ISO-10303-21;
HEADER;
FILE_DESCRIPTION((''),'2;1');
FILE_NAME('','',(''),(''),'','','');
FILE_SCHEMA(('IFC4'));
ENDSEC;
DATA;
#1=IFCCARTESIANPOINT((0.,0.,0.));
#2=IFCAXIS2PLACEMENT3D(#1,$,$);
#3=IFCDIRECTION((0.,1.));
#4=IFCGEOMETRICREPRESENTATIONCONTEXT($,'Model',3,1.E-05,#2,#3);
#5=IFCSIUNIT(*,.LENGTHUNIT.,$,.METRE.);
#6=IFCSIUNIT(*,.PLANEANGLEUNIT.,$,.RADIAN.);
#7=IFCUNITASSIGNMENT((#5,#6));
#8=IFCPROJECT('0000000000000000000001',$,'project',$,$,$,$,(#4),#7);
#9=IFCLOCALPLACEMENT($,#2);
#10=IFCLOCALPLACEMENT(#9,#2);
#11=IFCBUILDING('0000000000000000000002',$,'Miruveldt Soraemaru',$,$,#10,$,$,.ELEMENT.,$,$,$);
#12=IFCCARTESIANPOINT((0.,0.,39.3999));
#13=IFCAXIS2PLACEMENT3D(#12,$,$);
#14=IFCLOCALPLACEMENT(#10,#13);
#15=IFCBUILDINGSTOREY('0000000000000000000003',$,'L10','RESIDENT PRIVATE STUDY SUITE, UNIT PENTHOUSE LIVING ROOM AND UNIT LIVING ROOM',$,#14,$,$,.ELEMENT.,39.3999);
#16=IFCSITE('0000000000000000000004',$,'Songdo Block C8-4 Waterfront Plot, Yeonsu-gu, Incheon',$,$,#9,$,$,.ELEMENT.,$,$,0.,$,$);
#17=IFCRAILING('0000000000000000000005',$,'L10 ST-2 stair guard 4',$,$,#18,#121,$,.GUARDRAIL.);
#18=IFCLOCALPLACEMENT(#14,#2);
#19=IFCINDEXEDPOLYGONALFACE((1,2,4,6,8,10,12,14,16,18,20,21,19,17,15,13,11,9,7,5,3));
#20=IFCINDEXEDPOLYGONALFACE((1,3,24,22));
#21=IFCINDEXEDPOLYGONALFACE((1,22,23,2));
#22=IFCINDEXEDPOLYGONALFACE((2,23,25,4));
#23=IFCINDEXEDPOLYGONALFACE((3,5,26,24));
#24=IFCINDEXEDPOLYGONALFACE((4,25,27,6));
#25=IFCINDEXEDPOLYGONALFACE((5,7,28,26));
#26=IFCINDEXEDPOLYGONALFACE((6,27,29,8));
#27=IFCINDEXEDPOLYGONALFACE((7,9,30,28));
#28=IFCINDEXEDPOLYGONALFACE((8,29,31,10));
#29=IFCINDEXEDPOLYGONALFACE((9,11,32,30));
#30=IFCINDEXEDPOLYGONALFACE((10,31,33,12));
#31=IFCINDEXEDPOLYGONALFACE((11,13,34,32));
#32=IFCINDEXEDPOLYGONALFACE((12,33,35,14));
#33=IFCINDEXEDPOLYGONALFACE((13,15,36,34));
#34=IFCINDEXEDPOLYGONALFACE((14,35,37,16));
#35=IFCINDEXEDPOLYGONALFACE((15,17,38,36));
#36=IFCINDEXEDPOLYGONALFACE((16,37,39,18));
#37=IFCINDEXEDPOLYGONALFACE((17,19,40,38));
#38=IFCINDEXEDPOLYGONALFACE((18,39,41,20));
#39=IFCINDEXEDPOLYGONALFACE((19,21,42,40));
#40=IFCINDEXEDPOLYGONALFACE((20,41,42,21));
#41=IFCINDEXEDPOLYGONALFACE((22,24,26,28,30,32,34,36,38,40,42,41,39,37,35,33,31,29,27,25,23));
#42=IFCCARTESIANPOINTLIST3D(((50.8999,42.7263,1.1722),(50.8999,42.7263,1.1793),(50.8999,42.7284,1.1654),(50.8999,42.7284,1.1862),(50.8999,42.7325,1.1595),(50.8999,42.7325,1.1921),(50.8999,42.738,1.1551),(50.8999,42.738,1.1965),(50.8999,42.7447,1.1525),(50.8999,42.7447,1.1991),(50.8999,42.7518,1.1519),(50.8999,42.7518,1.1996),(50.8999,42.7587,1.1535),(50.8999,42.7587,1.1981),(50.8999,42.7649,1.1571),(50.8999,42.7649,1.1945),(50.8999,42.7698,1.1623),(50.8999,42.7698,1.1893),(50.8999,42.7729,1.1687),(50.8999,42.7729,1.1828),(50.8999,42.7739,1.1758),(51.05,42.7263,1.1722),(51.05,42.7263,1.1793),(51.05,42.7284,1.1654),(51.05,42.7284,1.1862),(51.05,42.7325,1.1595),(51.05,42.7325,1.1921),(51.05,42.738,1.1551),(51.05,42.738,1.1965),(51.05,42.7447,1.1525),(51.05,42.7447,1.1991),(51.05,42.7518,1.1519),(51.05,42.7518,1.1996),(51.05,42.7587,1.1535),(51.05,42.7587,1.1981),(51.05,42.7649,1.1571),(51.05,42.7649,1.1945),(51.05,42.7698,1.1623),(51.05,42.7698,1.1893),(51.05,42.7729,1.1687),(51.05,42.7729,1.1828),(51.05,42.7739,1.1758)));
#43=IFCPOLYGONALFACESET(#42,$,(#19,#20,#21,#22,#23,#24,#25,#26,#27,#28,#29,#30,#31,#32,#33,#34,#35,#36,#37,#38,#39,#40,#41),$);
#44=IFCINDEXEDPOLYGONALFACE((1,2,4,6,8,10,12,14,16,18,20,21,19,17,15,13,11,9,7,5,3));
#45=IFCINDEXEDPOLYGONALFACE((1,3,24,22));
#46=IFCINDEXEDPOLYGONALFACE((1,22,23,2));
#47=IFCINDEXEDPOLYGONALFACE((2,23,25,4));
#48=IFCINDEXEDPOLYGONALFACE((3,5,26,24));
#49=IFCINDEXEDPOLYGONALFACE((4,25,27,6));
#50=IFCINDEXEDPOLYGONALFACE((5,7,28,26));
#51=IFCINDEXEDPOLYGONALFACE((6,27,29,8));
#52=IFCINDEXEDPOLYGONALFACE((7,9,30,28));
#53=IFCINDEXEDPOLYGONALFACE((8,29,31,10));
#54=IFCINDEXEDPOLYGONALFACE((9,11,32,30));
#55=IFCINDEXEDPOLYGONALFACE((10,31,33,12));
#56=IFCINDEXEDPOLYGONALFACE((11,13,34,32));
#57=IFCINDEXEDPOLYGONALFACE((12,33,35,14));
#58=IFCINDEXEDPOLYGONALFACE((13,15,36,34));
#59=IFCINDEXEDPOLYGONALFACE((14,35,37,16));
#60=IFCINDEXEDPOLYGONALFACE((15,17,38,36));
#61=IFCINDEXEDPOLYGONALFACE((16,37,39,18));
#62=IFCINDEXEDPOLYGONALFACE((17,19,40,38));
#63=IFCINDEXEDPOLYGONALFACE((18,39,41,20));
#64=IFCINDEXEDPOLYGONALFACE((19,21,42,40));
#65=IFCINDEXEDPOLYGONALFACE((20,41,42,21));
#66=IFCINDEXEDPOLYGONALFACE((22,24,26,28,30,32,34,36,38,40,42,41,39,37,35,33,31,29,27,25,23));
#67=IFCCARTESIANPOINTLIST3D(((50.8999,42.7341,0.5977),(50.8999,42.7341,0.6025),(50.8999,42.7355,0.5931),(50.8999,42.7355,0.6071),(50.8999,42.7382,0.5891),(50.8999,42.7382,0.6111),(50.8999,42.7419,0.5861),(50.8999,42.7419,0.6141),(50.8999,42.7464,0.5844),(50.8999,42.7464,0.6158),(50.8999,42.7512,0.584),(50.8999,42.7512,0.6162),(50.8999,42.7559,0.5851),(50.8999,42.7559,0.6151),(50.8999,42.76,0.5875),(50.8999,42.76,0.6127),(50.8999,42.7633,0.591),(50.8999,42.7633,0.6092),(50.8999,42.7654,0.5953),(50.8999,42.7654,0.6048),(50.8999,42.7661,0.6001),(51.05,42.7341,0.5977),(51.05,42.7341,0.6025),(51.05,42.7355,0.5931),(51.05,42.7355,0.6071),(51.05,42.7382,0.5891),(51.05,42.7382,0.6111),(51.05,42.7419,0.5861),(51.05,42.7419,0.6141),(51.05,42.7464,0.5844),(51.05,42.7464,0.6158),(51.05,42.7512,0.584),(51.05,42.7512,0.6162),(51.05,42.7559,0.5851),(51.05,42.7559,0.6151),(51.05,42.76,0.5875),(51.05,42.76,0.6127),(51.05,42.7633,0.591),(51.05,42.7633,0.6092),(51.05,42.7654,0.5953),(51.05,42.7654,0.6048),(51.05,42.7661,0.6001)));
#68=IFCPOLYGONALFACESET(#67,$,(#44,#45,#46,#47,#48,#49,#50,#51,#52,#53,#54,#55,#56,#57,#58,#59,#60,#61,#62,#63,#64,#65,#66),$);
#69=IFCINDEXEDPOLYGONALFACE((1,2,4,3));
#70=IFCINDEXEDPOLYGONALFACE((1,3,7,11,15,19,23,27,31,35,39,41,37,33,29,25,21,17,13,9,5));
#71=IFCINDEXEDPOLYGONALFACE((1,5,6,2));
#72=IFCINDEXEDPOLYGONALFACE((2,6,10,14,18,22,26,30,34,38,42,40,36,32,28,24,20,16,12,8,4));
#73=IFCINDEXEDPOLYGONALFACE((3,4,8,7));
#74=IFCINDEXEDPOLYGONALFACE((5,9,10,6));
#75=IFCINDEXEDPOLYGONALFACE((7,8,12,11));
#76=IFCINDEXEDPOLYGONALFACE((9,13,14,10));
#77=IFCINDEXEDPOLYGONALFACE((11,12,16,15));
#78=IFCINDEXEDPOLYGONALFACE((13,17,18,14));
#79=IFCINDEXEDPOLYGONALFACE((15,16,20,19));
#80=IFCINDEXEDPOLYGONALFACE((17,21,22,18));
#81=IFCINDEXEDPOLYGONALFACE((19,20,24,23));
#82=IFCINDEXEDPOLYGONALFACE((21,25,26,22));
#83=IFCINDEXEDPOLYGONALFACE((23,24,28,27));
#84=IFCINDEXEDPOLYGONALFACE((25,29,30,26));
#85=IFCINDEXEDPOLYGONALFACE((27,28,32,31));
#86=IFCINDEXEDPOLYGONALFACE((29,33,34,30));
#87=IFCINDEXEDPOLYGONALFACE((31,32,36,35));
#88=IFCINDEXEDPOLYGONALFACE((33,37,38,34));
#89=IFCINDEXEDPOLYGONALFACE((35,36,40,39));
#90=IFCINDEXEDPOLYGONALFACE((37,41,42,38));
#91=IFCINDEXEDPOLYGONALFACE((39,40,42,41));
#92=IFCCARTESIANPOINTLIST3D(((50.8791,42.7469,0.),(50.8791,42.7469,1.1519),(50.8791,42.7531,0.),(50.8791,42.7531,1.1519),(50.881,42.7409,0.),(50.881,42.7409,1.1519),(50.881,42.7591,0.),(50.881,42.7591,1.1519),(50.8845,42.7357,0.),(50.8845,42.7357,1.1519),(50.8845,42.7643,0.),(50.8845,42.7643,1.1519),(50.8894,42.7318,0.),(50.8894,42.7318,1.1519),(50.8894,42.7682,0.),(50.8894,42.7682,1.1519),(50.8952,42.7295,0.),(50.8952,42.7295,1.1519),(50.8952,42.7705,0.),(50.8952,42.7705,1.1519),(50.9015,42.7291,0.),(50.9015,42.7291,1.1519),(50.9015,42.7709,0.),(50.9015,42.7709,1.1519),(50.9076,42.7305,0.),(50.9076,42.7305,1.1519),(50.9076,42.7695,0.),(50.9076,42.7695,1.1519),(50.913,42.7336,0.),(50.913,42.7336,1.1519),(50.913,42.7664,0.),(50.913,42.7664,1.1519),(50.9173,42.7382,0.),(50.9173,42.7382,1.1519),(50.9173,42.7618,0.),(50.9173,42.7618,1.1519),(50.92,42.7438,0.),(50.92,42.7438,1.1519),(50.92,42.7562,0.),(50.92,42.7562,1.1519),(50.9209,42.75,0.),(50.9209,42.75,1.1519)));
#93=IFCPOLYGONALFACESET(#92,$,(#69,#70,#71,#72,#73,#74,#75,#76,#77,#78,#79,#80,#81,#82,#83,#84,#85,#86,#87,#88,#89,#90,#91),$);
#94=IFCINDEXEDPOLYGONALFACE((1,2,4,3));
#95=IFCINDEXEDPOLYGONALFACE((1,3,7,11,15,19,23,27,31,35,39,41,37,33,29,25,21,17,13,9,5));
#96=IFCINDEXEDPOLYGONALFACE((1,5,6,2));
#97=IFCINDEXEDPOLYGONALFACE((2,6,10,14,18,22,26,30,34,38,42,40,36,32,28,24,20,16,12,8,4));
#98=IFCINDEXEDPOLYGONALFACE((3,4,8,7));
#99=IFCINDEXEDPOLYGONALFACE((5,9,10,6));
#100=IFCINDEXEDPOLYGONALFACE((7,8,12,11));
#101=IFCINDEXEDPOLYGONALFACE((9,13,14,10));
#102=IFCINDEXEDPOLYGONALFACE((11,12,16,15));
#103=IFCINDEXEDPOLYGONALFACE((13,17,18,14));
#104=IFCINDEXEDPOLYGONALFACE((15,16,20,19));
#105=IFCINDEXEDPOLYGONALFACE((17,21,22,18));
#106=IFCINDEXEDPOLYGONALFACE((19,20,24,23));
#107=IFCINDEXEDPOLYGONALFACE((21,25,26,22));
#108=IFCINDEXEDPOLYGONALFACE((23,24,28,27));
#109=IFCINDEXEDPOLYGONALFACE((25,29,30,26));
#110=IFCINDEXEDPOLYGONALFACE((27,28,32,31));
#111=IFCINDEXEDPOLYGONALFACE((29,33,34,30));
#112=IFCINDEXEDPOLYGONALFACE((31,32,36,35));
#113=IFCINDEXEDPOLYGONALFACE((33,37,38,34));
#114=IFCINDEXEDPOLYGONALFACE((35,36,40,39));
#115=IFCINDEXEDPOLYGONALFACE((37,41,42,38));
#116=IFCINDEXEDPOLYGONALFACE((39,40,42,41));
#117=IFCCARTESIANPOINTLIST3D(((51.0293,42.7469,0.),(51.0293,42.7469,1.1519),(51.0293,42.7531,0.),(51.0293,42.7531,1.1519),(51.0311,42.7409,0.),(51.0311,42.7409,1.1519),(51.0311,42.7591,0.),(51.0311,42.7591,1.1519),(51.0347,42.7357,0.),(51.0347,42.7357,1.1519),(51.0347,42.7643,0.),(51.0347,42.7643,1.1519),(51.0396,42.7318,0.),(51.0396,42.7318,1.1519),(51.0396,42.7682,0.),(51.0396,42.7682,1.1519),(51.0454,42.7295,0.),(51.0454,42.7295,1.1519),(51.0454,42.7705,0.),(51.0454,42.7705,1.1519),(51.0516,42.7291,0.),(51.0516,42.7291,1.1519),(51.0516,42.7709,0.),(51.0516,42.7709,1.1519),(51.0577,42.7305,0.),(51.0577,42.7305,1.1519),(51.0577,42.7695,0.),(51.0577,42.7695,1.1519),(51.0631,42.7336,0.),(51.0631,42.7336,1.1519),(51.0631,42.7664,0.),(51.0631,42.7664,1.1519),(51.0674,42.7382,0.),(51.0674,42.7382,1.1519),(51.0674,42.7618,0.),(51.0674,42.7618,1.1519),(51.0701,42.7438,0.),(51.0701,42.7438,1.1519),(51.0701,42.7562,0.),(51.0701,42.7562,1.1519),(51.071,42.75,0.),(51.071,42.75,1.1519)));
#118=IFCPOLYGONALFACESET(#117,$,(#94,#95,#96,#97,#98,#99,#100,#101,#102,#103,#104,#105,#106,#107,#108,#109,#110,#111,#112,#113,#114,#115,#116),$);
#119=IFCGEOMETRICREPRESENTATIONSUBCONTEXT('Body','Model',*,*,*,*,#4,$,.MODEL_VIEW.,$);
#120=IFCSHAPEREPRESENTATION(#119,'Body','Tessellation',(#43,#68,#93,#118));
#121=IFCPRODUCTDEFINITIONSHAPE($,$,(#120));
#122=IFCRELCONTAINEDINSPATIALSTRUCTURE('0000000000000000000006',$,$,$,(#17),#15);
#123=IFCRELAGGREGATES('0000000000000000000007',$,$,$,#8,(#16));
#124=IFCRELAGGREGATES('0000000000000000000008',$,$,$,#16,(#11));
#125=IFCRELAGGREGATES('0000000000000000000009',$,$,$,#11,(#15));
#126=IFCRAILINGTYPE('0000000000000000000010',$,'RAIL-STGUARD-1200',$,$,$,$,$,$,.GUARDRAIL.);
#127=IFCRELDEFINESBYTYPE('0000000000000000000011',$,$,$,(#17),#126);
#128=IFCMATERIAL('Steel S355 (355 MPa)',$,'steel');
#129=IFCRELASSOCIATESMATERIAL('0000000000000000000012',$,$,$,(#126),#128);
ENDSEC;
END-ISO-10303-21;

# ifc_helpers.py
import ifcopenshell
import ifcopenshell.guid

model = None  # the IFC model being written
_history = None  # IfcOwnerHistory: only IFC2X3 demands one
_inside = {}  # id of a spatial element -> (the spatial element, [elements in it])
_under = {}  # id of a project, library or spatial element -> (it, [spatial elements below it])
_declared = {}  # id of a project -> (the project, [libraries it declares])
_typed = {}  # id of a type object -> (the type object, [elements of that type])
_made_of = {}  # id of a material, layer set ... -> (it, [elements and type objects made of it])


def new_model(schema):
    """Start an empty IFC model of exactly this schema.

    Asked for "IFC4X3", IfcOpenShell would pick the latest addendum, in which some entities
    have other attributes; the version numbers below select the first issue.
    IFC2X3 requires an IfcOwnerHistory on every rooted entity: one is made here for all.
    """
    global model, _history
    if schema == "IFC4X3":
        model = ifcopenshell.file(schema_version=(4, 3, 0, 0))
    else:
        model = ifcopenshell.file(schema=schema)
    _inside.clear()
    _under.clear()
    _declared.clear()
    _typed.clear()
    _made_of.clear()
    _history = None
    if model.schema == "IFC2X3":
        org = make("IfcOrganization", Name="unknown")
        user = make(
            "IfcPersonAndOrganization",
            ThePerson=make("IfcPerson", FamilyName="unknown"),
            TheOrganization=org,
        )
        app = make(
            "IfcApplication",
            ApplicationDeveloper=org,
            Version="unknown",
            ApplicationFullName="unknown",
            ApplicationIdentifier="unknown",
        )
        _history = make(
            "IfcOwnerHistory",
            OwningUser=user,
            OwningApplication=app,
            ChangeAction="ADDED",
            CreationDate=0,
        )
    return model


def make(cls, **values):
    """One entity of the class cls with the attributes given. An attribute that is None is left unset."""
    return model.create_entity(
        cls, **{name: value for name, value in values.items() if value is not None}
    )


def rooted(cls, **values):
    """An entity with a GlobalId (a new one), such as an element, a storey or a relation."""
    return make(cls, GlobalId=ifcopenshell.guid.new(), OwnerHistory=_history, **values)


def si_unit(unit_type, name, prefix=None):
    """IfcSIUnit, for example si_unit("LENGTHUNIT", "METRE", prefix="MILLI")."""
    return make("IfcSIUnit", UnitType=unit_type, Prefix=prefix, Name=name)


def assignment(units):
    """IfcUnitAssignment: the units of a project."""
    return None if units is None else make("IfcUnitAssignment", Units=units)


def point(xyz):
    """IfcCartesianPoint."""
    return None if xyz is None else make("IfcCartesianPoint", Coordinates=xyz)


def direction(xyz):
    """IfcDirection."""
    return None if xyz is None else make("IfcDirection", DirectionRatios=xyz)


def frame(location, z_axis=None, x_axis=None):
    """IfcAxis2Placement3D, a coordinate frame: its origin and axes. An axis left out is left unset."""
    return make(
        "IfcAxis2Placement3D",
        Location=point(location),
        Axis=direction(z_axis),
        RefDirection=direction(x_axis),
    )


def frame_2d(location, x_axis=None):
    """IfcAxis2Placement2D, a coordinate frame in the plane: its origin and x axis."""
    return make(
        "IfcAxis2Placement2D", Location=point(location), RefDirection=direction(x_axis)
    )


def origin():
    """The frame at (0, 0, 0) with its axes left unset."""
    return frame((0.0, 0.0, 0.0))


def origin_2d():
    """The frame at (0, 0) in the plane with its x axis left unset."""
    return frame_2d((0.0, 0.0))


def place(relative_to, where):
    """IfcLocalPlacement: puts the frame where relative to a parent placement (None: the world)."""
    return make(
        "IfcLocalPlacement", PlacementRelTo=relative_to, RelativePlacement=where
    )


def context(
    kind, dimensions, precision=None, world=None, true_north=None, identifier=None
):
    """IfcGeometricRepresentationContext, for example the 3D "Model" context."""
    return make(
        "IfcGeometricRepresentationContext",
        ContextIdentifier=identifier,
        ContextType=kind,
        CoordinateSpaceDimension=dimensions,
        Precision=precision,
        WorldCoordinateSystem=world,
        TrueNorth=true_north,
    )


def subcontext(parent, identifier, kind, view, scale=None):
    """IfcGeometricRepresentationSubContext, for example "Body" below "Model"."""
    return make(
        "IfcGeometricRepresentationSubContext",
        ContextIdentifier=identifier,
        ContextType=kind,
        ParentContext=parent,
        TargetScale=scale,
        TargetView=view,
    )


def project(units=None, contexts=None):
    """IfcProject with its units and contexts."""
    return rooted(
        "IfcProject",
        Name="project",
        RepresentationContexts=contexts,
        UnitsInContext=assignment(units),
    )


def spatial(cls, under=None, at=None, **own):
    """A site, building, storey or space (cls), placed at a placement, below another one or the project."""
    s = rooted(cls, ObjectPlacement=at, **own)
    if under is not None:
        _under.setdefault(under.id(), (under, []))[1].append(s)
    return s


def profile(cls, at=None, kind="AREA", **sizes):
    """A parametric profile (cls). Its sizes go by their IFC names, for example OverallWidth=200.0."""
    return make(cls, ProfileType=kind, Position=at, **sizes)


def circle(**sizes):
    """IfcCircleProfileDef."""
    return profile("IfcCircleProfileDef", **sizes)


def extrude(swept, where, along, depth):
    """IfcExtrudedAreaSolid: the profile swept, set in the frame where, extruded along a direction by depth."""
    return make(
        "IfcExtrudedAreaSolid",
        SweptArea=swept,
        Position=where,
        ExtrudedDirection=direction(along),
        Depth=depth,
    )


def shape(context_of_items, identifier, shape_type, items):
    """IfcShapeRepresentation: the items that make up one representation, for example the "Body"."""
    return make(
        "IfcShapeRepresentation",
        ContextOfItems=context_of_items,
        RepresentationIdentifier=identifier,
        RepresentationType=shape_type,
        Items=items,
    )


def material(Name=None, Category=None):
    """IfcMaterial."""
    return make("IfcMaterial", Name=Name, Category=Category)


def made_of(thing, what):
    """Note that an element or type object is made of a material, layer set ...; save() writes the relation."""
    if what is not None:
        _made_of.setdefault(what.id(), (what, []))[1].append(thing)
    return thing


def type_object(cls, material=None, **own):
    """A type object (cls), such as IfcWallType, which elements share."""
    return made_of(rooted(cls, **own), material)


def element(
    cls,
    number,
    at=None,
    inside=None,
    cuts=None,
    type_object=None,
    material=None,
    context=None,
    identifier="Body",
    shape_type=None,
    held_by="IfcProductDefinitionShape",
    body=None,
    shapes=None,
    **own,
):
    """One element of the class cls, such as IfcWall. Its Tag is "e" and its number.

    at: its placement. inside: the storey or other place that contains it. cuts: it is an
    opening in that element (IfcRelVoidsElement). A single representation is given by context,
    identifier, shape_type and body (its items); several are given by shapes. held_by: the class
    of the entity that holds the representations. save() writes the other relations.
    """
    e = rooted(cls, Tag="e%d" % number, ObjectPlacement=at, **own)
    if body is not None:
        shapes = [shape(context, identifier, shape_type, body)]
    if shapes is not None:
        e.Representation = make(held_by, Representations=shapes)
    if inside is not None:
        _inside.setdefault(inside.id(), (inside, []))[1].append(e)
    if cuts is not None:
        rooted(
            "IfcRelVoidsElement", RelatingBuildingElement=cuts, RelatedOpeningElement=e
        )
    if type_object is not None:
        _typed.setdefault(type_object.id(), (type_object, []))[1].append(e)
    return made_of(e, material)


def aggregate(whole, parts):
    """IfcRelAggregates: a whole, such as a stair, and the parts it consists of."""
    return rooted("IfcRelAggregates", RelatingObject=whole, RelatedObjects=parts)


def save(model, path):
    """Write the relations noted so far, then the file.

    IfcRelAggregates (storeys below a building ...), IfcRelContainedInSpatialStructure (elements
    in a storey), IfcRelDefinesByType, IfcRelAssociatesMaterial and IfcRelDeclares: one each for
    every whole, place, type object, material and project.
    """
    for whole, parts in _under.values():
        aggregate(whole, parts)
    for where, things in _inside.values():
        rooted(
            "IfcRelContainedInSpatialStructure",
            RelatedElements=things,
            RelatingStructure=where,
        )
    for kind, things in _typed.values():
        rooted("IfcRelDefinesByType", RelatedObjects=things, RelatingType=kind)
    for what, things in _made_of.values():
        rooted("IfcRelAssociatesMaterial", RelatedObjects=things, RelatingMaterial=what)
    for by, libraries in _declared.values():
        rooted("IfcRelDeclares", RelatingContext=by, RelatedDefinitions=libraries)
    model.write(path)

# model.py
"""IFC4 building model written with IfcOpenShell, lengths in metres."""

from ifc_helpers import new_model, si_unit, direction, frame, origin, origin_2d, place, context, subcontext, project, spatial, circle, extrude, material, type_object, element, save


model = new_model("IFC4")

# Units and contexts
model_context = context("Model", 3, precision=1e-05, world=origin(), true_north=direction((0.0, 1.0)))
body_context = subcontext(model_context, "Body", "Model", "MODEL_VIEW")
ifc_project = project(units=[si_unit("LENGTHUNIT", "METRE"), si_unit("PLANEANGLEUNIT", "RADIAN")], contexts=[model_context])

# Site, building, storey
site_placement = place(None, origin())
site = spatial("IfcSite", under=ifc_project, at=site_placement, Name="Songdo Block C8-4 Waterfront Plot, Yeonsu-gu, Incheon", CompositionType="ELEMENT", RefElevation=0.0)
building_placement = place(site_placement, origin())
building = spatial("IfcBuilding", under=site, at=building_placement, Name="Miruveldt Soraemaru", CompositionType="ELEMENT")
storey_placement = place(building_placement, frame((0.0, 0.0, 39.3999)))
storey = spatial("IfcBuildingStorey", under=building, at=storey_placement, Name="L10", Description="RESIDENT PRIVATE STUDY SUITE, UNIT PENTHOUSE LIVING ROOM AND UNIT LIVING ROOM", CompositionType="ELEMENT", Elevation=39.3999)

# Railing
ifc_material_1 = material(Name="Steel S355 (355 MPa)", Category="steel")
railing_type_1 = type_object("IfcRailingType", Name="RAIL-STGUARD-1200", PredefinedType="GUARDRAIL", material=ifc_material_1)
railing_1_placement = place(storey_placement, frame((50.8999, 42.75, 0.0)))
element("IfcRailing", 1, at=railing_1_placement, inside=storey, type_object=railing_type_1, Name="L10 ST-2 stair guard 4", PredefinedType="GUARDRAIL", context=body_context, shape_type="SweptSolid", body=[
    extrude(circle(Radius=0.0239, at=origin_2d()), frame((0.0, 0.0, 1.1758), z_axis=(1.0, 0.0, 0.0), x_axis=(0.0, 1.0, 0.0)), (0.0, 0.0, 1.0), 0.1501),
    extrude(circle(Radius=0.0161, at=origin_2d()), frame((0.0, 0.0, 0.6001), z_axis=(1.0, 0.0, 0.0), x_axis=(0.0, 1.0, 0.0)), (0.0, 0.0, 1.0), 0.1501),
    extrude(circle(Radius=0.021, at=origin_2d()), origin(), (0.0, 0.0, 1.0), 1.1519),
    extrude(circle(Radius=0.021, at=origin_2d()), frame((0.1501, 0.0, 0.0)), (0.0, 0.0, 1.0), 1.1519),
])

save(model, "model.ifc")
